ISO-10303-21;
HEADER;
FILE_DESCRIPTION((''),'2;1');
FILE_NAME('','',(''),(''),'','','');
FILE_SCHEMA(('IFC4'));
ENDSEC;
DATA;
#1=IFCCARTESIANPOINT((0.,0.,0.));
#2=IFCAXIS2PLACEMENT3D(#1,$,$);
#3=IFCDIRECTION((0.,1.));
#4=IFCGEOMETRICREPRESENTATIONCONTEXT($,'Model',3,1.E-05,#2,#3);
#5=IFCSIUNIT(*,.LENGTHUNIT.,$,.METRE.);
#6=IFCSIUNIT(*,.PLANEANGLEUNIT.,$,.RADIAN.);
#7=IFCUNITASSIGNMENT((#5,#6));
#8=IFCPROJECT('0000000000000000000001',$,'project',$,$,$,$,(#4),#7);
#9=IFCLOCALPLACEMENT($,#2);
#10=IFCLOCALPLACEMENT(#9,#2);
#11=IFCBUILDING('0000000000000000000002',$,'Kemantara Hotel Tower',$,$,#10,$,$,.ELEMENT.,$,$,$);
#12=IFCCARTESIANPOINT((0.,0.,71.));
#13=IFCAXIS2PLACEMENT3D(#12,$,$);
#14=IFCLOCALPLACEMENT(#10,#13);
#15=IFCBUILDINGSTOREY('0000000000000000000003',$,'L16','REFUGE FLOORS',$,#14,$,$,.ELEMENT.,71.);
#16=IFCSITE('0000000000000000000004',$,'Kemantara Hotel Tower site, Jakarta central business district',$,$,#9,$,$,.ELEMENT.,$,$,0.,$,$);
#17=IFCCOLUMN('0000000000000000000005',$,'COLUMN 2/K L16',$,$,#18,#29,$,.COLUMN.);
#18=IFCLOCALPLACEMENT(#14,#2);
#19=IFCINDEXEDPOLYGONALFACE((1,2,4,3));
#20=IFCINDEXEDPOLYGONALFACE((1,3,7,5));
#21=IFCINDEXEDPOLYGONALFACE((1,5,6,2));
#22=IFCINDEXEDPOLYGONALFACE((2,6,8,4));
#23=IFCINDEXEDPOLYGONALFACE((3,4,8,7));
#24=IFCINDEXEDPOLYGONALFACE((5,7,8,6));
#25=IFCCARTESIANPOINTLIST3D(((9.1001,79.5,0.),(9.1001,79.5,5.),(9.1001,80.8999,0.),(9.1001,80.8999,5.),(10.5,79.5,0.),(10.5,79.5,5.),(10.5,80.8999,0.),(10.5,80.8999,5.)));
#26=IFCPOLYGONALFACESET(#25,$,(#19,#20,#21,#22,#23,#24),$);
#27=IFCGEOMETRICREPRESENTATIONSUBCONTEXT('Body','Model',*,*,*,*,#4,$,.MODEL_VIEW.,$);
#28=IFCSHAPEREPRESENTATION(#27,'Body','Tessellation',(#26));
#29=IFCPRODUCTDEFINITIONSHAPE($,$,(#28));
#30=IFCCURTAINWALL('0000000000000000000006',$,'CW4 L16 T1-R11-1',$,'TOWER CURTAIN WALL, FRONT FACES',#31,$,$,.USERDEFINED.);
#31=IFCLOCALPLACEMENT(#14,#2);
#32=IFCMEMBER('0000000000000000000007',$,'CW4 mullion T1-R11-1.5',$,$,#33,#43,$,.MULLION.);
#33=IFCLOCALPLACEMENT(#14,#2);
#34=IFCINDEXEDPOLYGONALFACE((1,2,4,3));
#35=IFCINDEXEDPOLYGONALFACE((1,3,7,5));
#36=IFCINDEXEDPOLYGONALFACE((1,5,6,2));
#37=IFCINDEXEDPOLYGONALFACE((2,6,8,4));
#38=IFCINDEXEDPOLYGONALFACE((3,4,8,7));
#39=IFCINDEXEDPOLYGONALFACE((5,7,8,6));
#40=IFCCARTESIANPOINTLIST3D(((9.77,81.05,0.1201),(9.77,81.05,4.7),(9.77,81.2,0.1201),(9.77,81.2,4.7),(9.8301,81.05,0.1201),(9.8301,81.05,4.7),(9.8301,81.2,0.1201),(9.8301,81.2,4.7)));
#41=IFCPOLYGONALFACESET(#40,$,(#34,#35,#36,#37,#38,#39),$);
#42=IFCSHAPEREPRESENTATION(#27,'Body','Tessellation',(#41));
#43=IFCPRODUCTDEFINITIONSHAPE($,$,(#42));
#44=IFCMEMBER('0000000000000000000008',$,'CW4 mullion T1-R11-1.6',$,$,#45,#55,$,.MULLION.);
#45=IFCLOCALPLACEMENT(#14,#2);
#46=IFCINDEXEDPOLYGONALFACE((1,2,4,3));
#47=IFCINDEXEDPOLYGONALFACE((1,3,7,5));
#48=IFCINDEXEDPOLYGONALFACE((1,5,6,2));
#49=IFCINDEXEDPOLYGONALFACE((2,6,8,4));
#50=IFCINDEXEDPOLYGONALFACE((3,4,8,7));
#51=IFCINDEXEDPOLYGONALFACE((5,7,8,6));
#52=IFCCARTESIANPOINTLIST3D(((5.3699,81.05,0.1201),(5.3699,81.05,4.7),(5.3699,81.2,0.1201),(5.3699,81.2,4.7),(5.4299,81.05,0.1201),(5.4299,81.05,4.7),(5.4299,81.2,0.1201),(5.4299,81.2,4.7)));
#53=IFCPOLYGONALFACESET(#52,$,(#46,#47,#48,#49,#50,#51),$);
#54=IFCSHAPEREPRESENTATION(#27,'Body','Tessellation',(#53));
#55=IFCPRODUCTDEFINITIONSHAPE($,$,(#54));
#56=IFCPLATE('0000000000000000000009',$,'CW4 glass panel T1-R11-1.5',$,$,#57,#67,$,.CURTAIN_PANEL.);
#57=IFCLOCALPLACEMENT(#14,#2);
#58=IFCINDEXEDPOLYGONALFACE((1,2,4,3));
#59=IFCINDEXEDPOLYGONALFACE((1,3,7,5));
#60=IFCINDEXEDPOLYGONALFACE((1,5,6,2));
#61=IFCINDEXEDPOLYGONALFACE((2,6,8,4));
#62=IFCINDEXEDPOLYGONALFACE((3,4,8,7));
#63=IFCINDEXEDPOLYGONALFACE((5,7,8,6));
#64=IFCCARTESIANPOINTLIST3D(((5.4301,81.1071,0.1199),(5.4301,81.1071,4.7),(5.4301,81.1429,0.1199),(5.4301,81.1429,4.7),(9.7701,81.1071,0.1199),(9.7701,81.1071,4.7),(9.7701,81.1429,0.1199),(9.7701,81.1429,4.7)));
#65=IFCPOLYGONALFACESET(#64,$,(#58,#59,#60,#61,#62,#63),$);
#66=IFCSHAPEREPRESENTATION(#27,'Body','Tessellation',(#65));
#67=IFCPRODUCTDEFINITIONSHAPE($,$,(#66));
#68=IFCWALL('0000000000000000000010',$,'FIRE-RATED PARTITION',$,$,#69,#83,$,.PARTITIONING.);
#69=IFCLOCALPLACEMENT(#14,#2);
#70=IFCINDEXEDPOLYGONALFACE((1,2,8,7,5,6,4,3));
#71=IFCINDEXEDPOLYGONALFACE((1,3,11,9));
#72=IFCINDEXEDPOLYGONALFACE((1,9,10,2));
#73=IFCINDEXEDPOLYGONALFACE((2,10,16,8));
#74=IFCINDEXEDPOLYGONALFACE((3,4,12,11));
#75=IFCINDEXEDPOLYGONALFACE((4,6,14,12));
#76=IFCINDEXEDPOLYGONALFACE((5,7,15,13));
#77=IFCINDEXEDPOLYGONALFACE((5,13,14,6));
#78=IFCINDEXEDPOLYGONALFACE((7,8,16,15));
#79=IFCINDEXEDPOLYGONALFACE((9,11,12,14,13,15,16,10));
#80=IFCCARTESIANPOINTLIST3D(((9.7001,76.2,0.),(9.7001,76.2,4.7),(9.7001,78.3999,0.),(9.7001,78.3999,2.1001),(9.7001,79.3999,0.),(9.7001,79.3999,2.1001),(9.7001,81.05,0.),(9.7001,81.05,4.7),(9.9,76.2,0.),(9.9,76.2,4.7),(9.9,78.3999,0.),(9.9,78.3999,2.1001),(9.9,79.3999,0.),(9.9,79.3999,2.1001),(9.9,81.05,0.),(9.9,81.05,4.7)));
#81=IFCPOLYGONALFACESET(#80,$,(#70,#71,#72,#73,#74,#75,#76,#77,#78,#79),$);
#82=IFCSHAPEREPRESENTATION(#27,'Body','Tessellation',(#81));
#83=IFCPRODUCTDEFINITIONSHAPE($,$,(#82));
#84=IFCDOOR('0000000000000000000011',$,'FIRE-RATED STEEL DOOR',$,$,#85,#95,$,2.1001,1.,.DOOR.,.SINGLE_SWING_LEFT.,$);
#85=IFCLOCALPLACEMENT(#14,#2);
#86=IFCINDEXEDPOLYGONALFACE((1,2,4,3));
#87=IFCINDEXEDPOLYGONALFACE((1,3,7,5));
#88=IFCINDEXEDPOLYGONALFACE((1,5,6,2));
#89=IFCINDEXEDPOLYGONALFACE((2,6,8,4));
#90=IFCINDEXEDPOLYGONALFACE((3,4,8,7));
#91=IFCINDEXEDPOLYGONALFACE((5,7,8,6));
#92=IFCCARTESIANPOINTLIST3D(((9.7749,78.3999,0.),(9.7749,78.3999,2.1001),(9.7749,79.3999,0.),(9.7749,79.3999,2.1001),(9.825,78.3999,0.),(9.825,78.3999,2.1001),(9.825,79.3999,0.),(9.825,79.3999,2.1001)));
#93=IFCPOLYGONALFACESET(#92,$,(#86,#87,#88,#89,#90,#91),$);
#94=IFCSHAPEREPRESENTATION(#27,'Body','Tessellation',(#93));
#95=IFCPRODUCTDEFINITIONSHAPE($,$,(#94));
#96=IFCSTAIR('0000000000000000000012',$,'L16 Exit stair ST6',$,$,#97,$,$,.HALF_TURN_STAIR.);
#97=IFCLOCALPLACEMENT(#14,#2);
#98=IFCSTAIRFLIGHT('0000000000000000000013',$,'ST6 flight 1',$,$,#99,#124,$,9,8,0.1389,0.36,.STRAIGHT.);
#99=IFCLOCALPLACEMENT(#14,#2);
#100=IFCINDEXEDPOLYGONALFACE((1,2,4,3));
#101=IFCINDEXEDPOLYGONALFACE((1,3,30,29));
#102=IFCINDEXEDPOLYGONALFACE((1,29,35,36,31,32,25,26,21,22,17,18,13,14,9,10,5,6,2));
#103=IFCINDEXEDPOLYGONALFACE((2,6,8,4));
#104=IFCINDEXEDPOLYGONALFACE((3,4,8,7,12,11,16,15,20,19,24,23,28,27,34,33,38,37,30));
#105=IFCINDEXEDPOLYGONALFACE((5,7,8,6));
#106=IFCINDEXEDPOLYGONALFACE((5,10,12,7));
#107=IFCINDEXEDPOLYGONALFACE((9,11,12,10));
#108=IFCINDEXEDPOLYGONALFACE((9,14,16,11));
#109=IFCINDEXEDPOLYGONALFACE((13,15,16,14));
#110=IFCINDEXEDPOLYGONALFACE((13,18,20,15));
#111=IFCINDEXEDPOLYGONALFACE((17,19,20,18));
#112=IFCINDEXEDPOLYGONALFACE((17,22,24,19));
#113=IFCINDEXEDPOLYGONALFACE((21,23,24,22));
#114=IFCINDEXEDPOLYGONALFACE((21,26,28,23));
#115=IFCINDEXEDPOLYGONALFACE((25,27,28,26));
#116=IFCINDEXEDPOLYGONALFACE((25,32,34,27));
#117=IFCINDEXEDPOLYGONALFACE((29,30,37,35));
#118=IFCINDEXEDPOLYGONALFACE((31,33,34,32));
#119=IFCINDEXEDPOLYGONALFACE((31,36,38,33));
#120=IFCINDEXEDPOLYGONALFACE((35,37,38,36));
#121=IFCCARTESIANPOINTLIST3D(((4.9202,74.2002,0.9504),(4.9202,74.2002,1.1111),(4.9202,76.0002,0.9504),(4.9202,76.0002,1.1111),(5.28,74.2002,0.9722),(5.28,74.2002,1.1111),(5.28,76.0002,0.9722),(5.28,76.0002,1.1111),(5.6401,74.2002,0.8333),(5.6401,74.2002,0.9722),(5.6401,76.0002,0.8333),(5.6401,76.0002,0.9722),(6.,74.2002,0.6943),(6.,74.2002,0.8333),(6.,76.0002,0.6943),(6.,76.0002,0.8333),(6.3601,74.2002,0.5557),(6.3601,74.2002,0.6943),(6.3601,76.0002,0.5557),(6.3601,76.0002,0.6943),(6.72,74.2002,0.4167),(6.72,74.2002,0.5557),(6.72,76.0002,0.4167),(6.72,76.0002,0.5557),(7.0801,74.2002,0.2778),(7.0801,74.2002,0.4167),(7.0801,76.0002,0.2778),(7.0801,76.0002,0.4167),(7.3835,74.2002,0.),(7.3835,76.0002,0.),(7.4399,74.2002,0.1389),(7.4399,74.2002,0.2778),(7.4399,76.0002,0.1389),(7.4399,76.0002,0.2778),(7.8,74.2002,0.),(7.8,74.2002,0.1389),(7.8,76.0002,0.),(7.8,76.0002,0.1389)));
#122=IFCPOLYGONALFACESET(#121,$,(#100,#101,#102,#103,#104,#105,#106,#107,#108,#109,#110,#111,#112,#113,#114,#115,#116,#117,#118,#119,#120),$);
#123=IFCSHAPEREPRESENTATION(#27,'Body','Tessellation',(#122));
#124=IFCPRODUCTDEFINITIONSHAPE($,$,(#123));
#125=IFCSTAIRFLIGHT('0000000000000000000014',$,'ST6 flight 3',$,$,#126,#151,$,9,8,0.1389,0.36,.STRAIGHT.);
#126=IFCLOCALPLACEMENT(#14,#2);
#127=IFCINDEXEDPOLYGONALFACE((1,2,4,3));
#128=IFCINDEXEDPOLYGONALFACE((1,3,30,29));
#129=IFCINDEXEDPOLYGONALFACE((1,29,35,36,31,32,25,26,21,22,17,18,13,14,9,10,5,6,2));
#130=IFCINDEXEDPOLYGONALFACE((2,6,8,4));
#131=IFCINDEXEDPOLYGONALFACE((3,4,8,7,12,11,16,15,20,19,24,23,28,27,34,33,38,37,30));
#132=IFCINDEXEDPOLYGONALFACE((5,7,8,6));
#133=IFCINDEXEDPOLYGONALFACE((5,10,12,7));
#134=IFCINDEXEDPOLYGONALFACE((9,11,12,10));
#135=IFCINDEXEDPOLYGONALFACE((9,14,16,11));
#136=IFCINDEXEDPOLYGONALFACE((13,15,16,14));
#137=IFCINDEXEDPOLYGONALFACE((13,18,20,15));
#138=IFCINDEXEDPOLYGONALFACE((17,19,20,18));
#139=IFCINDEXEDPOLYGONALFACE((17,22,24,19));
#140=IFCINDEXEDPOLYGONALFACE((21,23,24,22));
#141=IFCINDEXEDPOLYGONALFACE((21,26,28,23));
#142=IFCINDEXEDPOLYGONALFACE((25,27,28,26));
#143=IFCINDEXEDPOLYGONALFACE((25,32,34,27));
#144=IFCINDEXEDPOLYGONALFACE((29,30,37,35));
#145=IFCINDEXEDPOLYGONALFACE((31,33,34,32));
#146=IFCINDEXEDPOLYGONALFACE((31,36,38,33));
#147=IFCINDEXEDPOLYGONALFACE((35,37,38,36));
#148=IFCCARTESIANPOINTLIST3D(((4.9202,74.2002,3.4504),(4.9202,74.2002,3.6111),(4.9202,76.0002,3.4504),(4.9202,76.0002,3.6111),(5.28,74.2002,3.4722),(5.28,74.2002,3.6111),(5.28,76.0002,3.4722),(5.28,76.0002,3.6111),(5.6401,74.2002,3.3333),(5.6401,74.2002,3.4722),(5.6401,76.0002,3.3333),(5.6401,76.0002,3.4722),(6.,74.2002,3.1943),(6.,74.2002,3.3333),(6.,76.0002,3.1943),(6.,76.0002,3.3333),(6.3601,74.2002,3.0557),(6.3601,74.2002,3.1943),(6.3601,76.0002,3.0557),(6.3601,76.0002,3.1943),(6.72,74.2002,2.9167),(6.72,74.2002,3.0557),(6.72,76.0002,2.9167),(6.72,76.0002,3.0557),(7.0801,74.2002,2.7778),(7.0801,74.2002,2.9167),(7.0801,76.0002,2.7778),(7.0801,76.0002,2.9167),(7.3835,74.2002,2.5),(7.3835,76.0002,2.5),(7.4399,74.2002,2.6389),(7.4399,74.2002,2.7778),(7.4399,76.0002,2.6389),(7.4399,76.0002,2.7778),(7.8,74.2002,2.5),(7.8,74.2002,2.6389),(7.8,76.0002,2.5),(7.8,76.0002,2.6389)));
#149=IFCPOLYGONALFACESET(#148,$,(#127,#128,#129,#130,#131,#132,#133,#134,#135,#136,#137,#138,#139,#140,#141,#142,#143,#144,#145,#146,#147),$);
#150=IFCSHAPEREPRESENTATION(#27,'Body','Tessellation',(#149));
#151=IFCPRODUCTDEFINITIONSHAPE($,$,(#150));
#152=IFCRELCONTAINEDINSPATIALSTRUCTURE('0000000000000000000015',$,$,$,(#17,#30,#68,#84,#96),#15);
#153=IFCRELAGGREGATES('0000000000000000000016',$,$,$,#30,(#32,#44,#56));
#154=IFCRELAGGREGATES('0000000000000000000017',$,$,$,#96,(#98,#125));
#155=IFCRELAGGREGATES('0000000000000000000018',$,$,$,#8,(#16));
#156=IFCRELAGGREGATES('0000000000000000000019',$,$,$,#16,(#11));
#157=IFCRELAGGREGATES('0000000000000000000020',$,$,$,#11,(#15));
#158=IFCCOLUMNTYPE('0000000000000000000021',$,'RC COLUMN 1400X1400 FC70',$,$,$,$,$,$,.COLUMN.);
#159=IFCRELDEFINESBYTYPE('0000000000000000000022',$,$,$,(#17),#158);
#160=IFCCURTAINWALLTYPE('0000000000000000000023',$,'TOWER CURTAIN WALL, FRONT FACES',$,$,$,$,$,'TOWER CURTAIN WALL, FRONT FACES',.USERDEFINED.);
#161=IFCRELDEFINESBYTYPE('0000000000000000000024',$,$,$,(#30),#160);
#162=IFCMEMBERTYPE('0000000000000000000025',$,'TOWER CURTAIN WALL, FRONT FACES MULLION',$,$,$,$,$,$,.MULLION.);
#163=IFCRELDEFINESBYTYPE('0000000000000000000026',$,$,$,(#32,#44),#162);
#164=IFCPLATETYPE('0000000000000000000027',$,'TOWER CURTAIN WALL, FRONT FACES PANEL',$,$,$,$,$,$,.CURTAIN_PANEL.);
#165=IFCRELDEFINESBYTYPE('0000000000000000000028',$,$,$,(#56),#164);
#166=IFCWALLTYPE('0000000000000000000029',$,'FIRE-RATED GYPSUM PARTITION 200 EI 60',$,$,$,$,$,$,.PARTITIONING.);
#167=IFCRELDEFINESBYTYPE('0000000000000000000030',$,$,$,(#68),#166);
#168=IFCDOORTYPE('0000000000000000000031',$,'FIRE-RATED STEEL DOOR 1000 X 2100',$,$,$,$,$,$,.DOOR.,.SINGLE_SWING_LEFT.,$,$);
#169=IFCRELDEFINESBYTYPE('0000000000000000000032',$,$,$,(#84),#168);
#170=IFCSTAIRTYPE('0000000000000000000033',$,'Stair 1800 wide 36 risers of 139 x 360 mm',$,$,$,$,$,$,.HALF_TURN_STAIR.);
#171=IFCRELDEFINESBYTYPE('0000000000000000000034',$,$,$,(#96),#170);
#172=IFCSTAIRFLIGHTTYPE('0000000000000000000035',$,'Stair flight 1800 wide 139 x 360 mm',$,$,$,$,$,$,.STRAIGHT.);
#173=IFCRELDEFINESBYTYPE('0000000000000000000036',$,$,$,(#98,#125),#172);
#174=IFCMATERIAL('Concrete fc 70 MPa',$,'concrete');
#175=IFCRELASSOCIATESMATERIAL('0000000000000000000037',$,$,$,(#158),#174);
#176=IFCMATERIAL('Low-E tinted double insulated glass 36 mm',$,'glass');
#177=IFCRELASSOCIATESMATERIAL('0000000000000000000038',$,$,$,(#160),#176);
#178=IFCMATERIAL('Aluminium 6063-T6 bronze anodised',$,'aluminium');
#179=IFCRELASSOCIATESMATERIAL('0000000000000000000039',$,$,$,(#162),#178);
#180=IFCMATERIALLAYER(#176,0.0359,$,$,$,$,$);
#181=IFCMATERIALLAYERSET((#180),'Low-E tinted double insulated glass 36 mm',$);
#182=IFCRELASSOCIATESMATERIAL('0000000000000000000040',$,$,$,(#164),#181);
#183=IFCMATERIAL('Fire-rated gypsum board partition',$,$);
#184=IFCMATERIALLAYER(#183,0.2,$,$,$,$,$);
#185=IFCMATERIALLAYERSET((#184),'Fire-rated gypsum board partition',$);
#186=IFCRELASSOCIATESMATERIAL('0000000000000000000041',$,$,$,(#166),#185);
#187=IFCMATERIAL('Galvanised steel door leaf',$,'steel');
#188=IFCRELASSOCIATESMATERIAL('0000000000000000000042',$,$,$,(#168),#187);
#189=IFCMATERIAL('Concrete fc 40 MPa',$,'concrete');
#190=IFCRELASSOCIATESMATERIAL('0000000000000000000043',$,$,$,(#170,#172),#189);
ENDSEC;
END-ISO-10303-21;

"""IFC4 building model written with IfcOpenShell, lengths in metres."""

from ifc_helpers import new_model, si_unit, direction, frame, frame_2d, origin, origin_2d, place, context, subcontext, project, spatial, polyline, rectangle, outline, extrude, source, transform, mapped, material, layer, layer_set, material_profile, profile_set, type_object, element, fill, aggregate, save


model = new_model("IFC4")

# Units and contexts
model_context = context("Model", 3, precision=1e-05, world=origin(), true_north=direction((0.0, 1.0)))
body_context = subcontext(model_context, "Body", "Model", "MODEL_VIEW")
ifc_project = project(units=[si_unit("LENGTHUNIT", "METRE"), si_unit("PLANEANGLEUNIT", "RADIAN")], contexts=[model_context])

# Site, building, storey
site_placement = place(None, origin())
site = spatial("IfcSite", under=ifc_project, at=site_placement, Name="Kemantara Hotel Tower site, Jakarta central business district", CompositionType="ELEMENT", RefElevation=0.0)
building_placement = place(site_placement, origin())
building = spatial("IfcBuilding", under=site, at=building_placement, Name="Kemantara Hotel Tower", CompositionType="ELEMENT")
storey_placement = place(building_placement, frame((0.0, 0.0, 71.0)))
storey = spatial("IfcBuildingStorey", under=building, at=storey_placement, Name="L16", Description="REFUGE FLOORS", CompositionType="ELEMENT", Elevation=71.0)

# Column
ifc_material_1 = material(Name="Concrete fc 70 MPa", Category="concrete")
ifc_material_profile_1 = material_profile(ifc_material_1, rectangle(XDim=1.3999, YDim=1.3999, at=origin_2d()), Name="RC 1400X1400")
ifc_profile_set_1 = profile_set([ifc_material_profile_1], Name="Concrete fc 70 MPa")
column_type = type_object("IfcColumnType", Name="RC COLUMN 1400X1400 FC70", PredefinedType="COLUMN", material=ifc_profile_set_1)
column_placement = place(storey_placement, frame((9.8, 80.2, 0.0), z_axis=(0.0, 0.0, 1.0), x_axis=(1.0, 0.0, 0.0)))
element("IfcColumn", 1, at=column_placement, inside=storey, type_object=column_type, Name="COLUMN 2/K L16", PredefinedType="COLUMN", context=body_context, shape_type="SweptSolid", body=[
    extrude(rectangle(XDim=1.3999, YDim=1.3999, at=origin_2d()), origin(), (0.0, 0.0, 1.0), 5.0),
])

# Curtain wall, members, plate
ifc_material_2 = material(Name="Low-E tinted double insulated glass 36 mm", Category="glass")
curtain_wall_type = type_object("IfcCurtainWallType", Name="TOWER CURTAIN WALL, FRONT FACES", ElementType="TOWER CURTAIN WALL, FRONT FACES", PredefinedType="USERDEFINED", material=ifc_material_2)
curtain_wall_placement = place(storey_placement, origin())
curtain_wall = element("IfcCurtainWall", 2, at=curtain_wall_placement, inside=storey, type_object=curtain_wall_type, Name="CW4 L16 T1-R11-1", ObjectType="TOWER CURTAIN WALL, FRONT FACES", PredefinedType="USERDEFINED")
ifc_material_3 = material(Name="Aluminium 6063-T6 bronze anodised", Category="aluminium")
ifc_material_profile_2 = material_profile(ifc_material_3, rectangle(XDim=0.1499, YDim=0.0601, at=origin_2d()), Name="TOWER CURTAIN WALL, FRONT FACES MULLION")
ifc_profile_set_2 = profile_set([ifc_material_profile_2], Name="Aluminium 6063-T6 bronze anodised")
member_type = type_object("IfcMemberType", Name="TOWER CURTAIN WALL, FRONT FACES MULLION", PredefinedType="MULLION", material=ifc_profile_set_2)
shared_shape_1 = source(origin(), body_context, "Body", "SweptSolid", [
    extrude(rectangle(XDim=0.1499, YDim=0.0601, at=origin_2d()), origin(), (0.0, 0.0, 1.0), 4.5798),
])
member_1_placement = place(storey_placement, frame((9.8, 81.125, 0.1201), z_axis=(0.0, 0.0, 1.0), x_axis=(0.0, -1.0, 0.0)))
member_1 = element("IfcMember", 3, at=member_1_placement, type_object=member_type, Name="CW4 mullion T1-R11-1.5", PredefinedType="MULLION", context=body_context, shape_type="MappedRepresentation", body=[
    mapped(shared_shape_1, transform((0.0, 0.0, 0.0))),
])
member_2_placement = place(storey_placement, frame((5.3999, 81.125, 0.1201), z_axis=(0.0, 0.0, 1.0), x_axis=(0.0, -1.0, 0.0)))
member_2 = element("IfcMember", 4, at=member_2_placement, type_object=member_type, Name="CW4 mullion T1-R11-1.6", PredefinedType="MULLION", context=body_context, shape_type="MappedRepresentation", body=[
    mapped(shared_shape_1, transform((0.0, 0.0, 0.0))),
])
ifc_layer_1 = layer(ifc_material_2, 0.0359)
ifc_layer_set_1 = layer_set([ifc_layer_1], Name="Low-E tinted double insulated glass 36 mm")
plate_type = type_object("IfcPlateType", Name="TOWER CURTAIN WALL, FRONT FACES PANEL", PredefinedType="CURTAIN_PANEL", material=ifc_layer_set_1)
shared_shape_2 = source(origin(), body_context, "Body", "SweptSolid", [
    extrude(rectangle(XDim=4.3401, YDim=0.0359, at=origin_2d()), origin(), (0.0, 0.0, 1.0), 4.5801),
])
plate_placement = place(storey_placement, frame((7.6001, 81.125, 0.1199), z_axis=(0.0, 0.0, 1.0), x_axis=(-1.0, 0.0, 0.0)))
plate = element("IfcPlate", 5, at=plate_placement, type_object=plate_type, Name="CW4 glass panel T1-R11-1.5", PredefinedType="CURTAIN_PANEL", context=body_context, shape_type="MappedRepresentation", body=[
    mapped(shared_shape_2, transform((0.0, 0.0, 0.0))),
])
aggregate(curtain_wall, [member_1, member_2, plate])

# Wall, opening, door
ifc_material_4 = material(Name="Fire-rated gypsum board partition")
ifc_layer_2 = layer(ifc_material_4, 0.2)
ifc_layer_set_2 = layer_set([ifc_layer_2], Name="Fire-rated gypsum board partition")
wall_type = type_object("IfcWallType", Name="FIRE-RATED GYPSUM PARTITION 200 EI 60", PredefinedType="PARTITIONING", material=ifc_layer_set_2)
wall_placement = place(storey_placement, frame((9.8, 76.2, 0.0), z_axis=(0.0, 0.0, 1.0), x_axis=(0.0, 1.0, 0.0)))
wall = element("IfcWall", 6, at=wall_placement, inside=storey, type_object=wall_type, Name="FIRE-RATED PARTITION", PredefinedType="PARTITIONING", context=body_context, shape_type="SweptSolid", body=[
    extrude(rectangle(XDim=4.8501, YDim=0.2, at=frame_2d((2.425, 0.0))), origin(), (0.0, 0.0, 1.0), 4.7),
])
opening_placement = place(wall_placement, frame((2.2, 0.0, 0.0)))
opening = element("IfcOpeningElement", 7, at=opening_placement, cuts=wall, PredefinedType="OPENING", context=body_context, shape_type="SweptSolid", body=[
    extrude(rectangle(XDim=1.0, YDim=2.1001, at=frame_2d((0.5, 1.05))), frame((0.0, 0.1099, 0.0), z_axis=(0.0, -1.0, 0.0), x_axis=(1.0, 0.0, 0.0)), (0.0, 0.0, 1.0), 0.22),
])
ifc_material_5 = material(Name="Galvanised steel door leaf", Category="steel")
door_type = type_object("IfcDoorType", Name="FIRE-RATED STEEL DOOR 1000 X 2100", OperationType="SINGLE_SWING_LEFT", PredefinedType="DOOR", material=ifc_material_5)
door_placement = place(opening_placement, frame((1.0, 0.0, 0.0), z_axis=(0.0, 0.0, 1.0), x_axis=(-1.0, 0.0, 0.0)))
door = element("IfcDoor", 8, at=door_placement, inside=storey, type_object=door_type, Name="FIRE-RATED STEEL DOOR", OperationType="SINGLE_SWING_LEFT", OverallHeight=2.1001, OverallWidth=1.0, PredefinedType="DOOR", context=body_context, shape_type="SweptSolid", body=[
    extrude(rectangle(XDim=1.0, YDim=2.1001, at=frame_2d((0.5, 1.05))), frame((0.0, 0.0249, 0.0), z_axis=(0.0, -1.0, 0.0), x_axis=(1.0, 0.0, 0.0)), (0.0, 0.0, 1.0), 0.05),
])
fill(opening, door)

# Stair, stair flights
ifc_material_6 = material(Name="Concrete fc 40 MPa", Category="concrete")
stair_type = type_object("IfcStairType", Name="Stair 1800 wide 36 risers of 139 x 360 mm", PredefinedType="HALF_TURN_STAIR", material=ifc_material_6)
stair_placement = place(storey_placement, origin())
stair = element("IfcStair", 9, at=stair_placement, inside=storey, type_object=stair_type, Name="L16 Exit stair ST6", PredefinedType="HALF_TURN_STAIR")
stair_flight_type = type_object("IfcStairFlightType", Name="Stair flight 1800 wide 139 x 360 mm", PredefinedType="STRAIGHT", material=ifc_material_6)
stair_flight_1_placement = place(storey_placement, frame((7.8, 75.1001, 0.0), z_axis=(0.0, 0.0, 1.0), x_axis=(-1.0, 0.0, 0.0)))
stair_flight_1 = element("IfcStairFlight", 10, at=stair_flight_1_placement, type_object=stair_flight_type, Name="ST6 flight 1", NumberOfRisers=9, NumberOfTreads=8, PredefinedType="STRAIGHT", RiserHeight=0.1389, TreadLength=0.36, context=body_context, shape_type="SweptSolid", body=[
    extrude(outline(polyline([(0.0, 0.0), (0.0, 0.1389), (0.3601, 0.1389), (0.3601, 0.2778), (0.72, 0.2778), (0.72, 0.4167), (1.0801, 0.4167), (1.0801, 0.5557), (1.4399, 0.5557), (1.4399, 0.6943), (1.8, 0.6943), (1.8, 0.8333), (2.1599, 0.8333), (2.1599, 0.9722), (2.52, 0.9722), (2.52, 1.1111), (2.8799, 1.1111), (2.8799, 1.25), (2.8799, 0.9504), (0.4165, 0.0), (0.0, 0.0)])), frame((0.0, 0.8999, 0.0), z_axis=(0.0, -1.0, 0.0), x_axis=(1.0, 0.0, 0.0)), (0.0, 0.0, 1.0), 1.8),
])
stair_flight_2_placement = place(storey_placement, frame((7.8, 75.1001, 2.5), z_axis=(0.0, 0.0, 1.0), x_axis=(-1.0, 0.0, 0.0)))
stair_flight_2 = element("IfcStairFlight", 11, at=stair_flight_2_placement, type_object=stair_flight_type, Name="ST6 flight 3", NumberOfRisers=9, NumberOfTreads=8, PredefinedType="STRAIGHT", RiserHeight=0.1389, TreadLength=0.36, context=body_context, shape_type="SweptSolid", body=[
    extrude(outline(polyline([(0.0, 0.0), (0.0, 0.1389), (0.3601, 0.1389), (0.3601, 0.2778), (0.72, 0.2778), (0.72, 0.4167), (1.0801, 0.4167), (1.0801, 0.5557), (1.4399, 0.5557), (1.4399, 0.6943), (1.8, 0.6943), (1.8, 0.8333), (2.1599, 0.8333), (2.1599, 0.9722), (2.52, 0.9722), (2.52, 1.1111), (2.8799, 1.1111), (2.8799, 1.25), (2.8799, 0.9504), (0.4165, 0.0), (0.0, 0.0)])), frame((0.0, 0.8999, 0.0), z_axis=(0.0, -1.0, 0.0), x_axis=(1.0, 0.0, 0.0)), (0.0, 0.0, 1.0), 1.8),
])
aggregate(stair, [stair_flight_1, stair_flight_2])

save(model, "model.ifc")
